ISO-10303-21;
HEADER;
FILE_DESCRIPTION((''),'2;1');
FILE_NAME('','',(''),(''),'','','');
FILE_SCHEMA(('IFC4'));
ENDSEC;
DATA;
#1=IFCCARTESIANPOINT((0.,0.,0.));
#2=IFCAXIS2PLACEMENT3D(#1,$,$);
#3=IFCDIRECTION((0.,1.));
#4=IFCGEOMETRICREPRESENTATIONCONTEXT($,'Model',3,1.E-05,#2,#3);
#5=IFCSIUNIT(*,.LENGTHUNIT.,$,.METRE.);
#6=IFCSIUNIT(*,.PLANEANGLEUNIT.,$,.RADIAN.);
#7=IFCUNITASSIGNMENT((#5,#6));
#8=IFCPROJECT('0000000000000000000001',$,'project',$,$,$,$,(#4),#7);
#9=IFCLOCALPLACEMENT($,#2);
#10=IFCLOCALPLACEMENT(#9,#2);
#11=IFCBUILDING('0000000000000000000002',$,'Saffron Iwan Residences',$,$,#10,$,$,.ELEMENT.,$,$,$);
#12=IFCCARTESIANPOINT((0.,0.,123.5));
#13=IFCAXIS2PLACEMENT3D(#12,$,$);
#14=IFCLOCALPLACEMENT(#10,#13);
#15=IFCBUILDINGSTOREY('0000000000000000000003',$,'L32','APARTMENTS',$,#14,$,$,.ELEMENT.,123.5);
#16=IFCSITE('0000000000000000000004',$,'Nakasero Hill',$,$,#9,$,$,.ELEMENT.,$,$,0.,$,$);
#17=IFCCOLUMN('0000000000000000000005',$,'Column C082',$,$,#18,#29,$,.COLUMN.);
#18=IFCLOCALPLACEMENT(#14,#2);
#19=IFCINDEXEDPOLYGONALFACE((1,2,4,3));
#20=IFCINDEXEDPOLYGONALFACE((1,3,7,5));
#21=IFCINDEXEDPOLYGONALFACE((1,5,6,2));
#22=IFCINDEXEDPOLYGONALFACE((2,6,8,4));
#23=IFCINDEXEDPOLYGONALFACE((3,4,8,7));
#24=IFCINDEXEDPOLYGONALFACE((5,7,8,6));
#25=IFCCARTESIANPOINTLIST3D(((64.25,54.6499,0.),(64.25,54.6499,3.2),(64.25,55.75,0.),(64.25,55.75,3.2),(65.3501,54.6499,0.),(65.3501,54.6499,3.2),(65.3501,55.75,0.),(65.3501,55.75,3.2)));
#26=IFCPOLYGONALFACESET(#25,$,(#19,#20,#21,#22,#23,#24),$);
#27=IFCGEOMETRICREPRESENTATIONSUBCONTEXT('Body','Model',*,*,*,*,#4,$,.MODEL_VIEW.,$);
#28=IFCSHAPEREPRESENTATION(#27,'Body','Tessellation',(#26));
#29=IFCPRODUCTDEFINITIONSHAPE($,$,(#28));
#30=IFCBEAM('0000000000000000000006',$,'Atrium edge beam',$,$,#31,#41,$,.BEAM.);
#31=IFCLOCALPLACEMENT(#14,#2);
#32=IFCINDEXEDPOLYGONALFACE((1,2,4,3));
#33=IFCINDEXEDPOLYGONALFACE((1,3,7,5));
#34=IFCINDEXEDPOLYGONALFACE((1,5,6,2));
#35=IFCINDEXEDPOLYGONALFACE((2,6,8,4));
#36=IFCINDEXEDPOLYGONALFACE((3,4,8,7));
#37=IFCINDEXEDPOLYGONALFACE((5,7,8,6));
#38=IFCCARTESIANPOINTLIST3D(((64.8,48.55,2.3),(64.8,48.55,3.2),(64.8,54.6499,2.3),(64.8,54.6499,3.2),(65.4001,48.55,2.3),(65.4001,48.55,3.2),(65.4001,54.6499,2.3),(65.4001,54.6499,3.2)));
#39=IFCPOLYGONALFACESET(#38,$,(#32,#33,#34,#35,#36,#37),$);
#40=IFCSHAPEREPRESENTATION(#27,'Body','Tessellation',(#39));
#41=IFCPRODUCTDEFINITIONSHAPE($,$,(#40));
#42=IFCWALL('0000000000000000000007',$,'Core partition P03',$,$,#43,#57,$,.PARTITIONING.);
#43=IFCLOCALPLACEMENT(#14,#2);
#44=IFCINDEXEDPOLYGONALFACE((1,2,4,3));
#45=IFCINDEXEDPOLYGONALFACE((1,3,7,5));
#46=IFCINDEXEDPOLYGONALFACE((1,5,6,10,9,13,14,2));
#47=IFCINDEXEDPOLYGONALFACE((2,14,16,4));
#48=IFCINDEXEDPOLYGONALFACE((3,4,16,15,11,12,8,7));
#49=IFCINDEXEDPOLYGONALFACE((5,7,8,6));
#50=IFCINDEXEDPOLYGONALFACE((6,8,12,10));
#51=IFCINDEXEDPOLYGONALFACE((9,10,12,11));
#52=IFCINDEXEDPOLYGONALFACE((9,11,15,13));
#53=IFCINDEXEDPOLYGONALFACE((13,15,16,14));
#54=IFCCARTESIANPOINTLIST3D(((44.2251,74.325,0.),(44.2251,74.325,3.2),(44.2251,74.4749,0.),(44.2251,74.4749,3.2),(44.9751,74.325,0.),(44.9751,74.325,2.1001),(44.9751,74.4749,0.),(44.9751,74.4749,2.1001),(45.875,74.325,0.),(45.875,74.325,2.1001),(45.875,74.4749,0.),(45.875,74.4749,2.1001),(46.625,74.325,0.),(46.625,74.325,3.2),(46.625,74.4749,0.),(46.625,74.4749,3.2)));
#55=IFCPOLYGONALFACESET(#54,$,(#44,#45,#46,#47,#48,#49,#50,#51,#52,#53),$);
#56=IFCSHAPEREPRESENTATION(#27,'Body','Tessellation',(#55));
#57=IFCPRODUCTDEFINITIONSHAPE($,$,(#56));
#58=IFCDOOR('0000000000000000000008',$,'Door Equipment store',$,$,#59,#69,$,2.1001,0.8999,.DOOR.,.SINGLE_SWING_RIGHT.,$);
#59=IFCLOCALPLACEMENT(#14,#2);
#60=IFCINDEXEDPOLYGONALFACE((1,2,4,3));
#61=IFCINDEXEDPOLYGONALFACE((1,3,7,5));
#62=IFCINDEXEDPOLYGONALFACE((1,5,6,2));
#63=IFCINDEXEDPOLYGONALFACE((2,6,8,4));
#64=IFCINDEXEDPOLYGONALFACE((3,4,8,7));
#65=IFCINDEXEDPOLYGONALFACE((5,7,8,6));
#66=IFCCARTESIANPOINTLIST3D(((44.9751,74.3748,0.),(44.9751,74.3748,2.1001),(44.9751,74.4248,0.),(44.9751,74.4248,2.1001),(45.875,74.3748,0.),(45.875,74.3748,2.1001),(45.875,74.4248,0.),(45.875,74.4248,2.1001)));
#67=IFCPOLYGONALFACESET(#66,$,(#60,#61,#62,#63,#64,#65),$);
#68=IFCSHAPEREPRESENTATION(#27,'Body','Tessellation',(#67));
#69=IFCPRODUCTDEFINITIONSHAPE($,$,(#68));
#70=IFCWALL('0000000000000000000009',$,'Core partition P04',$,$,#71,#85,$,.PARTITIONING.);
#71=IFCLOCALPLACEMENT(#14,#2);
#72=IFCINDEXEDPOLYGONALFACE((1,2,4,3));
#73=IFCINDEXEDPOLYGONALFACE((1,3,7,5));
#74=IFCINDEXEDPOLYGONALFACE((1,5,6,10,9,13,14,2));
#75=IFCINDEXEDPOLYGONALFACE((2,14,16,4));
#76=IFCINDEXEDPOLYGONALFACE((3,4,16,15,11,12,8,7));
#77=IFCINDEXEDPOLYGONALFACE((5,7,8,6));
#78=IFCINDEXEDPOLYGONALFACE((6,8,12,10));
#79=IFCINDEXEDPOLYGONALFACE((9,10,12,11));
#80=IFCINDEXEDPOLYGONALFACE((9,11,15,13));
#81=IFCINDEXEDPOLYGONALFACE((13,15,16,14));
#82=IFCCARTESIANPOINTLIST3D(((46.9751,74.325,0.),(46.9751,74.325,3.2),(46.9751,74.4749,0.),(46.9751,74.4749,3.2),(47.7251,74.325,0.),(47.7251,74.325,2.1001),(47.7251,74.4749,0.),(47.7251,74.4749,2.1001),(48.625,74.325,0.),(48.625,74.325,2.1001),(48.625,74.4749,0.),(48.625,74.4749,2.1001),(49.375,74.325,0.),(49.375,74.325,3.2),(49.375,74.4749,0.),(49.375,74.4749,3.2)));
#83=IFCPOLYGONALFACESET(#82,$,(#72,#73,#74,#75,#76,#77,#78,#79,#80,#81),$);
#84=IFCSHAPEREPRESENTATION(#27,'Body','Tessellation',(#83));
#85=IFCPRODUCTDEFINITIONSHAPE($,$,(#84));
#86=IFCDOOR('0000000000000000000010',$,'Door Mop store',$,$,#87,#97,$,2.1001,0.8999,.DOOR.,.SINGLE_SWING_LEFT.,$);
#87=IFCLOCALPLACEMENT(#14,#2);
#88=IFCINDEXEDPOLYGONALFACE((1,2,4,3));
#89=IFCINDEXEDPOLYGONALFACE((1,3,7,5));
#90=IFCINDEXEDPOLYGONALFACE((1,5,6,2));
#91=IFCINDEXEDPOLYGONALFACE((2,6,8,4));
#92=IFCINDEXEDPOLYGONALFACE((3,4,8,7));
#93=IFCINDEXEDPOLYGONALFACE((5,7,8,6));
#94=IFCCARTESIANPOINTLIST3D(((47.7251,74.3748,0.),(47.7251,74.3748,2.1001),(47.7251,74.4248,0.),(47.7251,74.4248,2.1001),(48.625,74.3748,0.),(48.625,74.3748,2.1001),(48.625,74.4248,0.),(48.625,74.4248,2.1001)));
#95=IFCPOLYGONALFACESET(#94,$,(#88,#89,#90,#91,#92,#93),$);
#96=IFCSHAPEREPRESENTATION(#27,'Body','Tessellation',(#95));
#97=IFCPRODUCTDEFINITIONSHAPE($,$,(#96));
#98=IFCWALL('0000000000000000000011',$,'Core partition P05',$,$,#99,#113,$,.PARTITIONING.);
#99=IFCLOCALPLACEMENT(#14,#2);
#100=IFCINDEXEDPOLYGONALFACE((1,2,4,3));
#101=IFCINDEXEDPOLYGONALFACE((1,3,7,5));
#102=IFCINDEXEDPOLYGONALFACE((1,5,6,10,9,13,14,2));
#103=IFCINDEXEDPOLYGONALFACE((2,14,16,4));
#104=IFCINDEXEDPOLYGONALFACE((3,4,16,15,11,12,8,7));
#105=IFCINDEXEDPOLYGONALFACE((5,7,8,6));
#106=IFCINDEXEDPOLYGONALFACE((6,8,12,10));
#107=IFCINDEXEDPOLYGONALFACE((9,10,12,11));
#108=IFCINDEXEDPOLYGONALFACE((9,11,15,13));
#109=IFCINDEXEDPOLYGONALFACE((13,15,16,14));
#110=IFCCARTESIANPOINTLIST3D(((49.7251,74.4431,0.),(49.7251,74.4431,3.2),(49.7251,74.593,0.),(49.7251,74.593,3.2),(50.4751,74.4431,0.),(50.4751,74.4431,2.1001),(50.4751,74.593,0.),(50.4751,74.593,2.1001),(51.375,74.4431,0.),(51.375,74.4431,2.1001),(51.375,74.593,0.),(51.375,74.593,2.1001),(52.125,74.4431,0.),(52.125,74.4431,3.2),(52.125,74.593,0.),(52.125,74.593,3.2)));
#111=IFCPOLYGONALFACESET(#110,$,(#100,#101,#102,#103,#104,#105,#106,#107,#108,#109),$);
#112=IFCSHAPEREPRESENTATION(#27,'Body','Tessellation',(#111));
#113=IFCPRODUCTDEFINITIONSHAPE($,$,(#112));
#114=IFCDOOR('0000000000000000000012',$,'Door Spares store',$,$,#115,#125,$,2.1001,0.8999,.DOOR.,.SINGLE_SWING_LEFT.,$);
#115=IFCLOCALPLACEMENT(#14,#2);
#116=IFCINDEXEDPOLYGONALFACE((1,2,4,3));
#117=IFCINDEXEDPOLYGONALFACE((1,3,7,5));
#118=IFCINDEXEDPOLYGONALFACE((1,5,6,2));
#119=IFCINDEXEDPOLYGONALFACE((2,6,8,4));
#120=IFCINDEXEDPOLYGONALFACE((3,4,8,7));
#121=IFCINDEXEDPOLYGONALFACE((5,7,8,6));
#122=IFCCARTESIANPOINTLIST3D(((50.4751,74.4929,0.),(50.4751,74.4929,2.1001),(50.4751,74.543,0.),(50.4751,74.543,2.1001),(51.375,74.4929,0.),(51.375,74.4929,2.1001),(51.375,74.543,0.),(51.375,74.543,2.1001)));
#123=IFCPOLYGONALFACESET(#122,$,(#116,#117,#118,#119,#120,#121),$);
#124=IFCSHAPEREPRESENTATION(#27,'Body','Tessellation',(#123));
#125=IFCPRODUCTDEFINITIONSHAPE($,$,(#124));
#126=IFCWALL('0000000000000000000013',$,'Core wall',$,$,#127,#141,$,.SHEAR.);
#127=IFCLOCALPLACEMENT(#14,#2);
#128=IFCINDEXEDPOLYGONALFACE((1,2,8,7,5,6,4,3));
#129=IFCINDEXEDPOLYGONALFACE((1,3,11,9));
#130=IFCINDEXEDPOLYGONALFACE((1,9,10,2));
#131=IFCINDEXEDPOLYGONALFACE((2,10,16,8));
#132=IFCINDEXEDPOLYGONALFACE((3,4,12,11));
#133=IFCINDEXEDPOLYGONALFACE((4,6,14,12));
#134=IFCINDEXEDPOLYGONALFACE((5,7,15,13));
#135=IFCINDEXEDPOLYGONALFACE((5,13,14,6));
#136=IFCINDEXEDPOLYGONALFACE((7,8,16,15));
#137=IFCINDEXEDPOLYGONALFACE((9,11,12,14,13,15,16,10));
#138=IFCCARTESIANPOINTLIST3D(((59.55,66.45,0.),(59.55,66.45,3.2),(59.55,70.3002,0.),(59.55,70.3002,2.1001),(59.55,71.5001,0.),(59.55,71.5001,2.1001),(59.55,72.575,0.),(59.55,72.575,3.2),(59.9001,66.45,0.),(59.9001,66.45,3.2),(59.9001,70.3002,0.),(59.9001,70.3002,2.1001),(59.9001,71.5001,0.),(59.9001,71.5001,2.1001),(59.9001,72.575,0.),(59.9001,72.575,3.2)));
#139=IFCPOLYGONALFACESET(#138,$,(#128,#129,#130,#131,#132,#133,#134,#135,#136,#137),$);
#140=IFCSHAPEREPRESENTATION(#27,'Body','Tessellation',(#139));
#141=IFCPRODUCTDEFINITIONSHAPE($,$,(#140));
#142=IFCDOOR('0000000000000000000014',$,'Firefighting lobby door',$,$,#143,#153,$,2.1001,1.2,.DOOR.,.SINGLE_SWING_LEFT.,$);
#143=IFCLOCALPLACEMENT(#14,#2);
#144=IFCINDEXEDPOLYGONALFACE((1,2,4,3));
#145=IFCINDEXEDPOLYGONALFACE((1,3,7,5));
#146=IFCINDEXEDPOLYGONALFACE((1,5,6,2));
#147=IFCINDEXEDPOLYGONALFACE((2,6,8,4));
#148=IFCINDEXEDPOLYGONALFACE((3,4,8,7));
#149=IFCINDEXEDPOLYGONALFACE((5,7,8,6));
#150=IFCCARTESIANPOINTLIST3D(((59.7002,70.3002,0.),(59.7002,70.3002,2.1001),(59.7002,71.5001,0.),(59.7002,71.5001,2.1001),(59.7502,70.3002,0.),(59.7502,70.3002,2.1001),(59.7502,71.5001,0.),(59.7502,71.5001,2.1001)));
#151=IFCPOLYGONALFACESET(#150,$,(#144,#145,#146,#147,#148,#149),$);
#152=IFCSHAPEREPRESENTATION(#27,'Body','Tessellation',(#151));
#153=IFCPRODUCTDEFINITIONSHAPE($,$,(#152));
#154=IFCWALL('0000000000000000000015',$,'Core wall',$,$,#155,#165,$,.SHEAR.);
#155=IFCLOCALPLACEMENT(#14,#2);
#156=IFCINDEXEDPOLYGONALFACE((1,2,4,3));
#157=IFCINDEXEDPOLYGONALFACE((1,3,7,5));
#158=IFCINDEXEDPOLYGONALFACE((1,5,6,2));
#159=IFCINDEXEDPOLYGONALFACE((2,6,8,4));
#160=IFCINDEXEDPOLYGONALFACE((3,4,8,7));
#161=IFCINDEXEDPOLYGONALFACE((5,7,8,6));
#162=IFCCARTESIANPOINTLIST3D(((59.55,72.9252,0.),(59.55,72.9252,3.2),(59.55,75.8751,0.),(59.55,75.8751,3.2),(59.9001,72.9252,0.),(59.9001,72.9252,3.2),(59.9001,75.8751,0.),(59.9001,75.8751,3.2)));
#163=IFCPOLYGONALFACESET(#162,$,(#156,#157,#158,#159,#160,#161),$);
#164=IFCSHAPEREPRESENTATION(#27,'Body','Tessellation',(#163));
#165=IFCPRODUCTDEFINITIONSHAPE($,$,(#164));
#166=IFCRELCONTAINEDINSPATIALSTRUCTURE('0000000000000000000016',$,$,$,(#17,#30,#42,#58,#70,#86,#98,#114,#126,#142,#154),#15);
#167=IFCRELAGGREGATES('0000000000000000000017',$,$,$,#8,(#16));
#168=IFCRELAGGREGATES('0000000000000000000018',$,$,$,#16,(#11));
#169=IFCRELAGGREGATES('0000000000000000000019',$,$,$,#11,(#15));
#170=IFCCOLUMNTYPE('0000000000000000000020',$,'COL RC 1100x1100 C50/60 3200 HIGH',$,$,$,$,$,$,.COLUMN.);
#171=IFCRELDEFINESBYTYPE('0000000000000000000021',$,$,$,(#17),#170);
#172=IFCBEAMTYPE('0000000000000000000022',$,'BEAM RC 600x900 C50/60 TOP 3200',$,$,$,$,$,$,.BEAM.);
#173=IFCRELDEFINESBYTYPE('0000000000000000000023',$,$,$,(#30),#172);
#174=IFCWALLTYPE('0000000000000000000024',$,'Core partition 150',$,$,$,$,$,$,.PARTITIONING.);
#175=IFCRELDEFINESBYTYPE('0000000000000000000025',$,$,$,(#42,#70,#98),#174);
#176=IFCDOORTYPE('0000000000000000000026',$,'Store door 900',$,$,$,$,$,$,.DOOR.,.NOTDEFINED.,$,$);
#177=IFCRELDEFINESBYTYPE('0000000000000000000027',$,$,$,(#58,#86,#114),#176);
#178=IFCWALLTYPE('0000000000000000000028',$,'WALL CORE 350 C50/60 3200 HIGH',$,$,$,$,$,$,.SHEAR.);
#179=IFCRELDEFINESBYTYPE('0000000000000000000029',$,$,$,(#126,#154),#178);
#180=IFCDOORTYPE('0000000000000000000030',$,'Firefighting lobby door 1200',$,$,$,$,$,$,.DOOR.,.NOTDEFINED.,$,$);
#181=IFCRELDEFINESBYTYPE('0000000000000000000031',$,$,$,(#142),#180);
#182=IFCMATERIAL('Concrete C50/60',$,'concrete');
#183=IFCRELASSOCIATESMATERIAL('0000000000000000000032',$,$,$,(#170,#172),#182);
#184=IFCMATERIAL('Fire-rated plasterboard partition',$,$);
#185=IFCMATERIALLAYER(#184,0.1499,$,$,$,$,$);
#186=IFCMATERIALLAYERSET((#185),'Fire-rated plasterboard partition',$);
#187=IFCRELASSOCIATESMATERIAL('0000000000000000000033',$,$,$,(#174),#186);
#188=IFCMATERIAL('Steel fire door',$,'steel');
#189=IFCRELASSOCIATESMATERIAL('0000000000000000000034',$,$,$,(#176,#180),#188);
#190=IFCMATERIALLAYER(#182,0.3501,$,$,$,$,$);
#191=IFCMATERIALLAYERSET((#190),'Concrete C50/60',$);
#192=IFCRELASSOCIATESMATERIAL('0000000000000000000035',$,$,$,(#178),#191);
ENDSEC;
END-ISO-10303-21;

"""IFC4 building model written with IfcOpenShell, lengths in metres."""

from ifc_helpers import new_model, si_unit, direction, frame, frame_2d, origin, origin_2d, place, context, subcontext, project, spatial, rectangle, extrude, source, transform, mapped, material, layer, layer_set, material_profile, profile_set, type_object, element, fill, save


model = new_model("IFC4")

# Units and contexts
model_context = context("Model", 3, precision=1e-05, world=origin(), true_north=direction((0.0, 1.0)))
body_context = subcontext(model_context, "Body", "Model", "MODEL_VIEW")
ifc_project = project(units=[si_unit("LENGTHUNIT", "METRE"), si_unit("PLANEANGLEUNIT", "RADIAN")], contexts=[model_context])

# Site, building, storey
site_placement = place(None, origin())
site = spatial("IfcSite", under=ifc_project, at=site_placement, Name="Nakasero Hill", CompositionType="ELEMENT", RefElevation=0.0)
building_placement = place(site_placement, origin())
building = spatial("IfcBuilding", under=site, at=building_placement, Name="Saffron Iwan Residences", CompositionType="ELEMENT")
storey_placement = place(building_placement, frame((0.0, 0.0, 123.5)))
storey = spatial("IfcBuildingStorey", under=building, at=storey_placement, Name="L32", Description="APARTMENTS", CompositionType="ELEMENT", Elevation=123.5)

# Column
ifc_material_1 = material(Name="Concrete C50/60", Category="concrete")
ifc_material_profile_1 = material_profile(ifc_material_1, rectangle(XDim=1.1001, YDim=1.1001, at=origin_2d()), Name="RC 1100x1100")
ifc_profile_set_1 = profile_set([ifc_material_profile_1], Name="Concrete C50/60")
column_type = type_object("IfcColumnType", Name="COL RC 1100x1100 C50/60 3200 HIGH", PredefinedType="COLUMN", material=ifc_profile_set_1)
shared_shape_1 = source(origin(), body_context, "Body", "SweptSolid", [
    extrude(rectangle(XDim=1.1001, YDim=1.1001, at=origin_2d()), origin(), (0.0, 0.0, 1.0), 3.2),
])
column_placement = place(storey_placement, frame((64.8, 55.2, 0.0), z_axis=(0.0, 0.0, 1.0), x_axis=(1.0, 0.0, 0.0)))
element("IfcColumn", 1, at=column_placement, inside=storey, type_object=column_type, Name="Column C082", PredefinedType="COLUMN", context=body_context, shape_type="MappedRepresentation", body=[
    mapped(shared_shape_1, transform((0.0, 0.0, 0.0))),
])

# Beam
ifc_material_profile_2 = material_profile(ifc_material_1, rectangle(XDim=0.6001, YDim=0.8999, at=origin_2d()), Name="RC 600x900")
ifc_profile_set_2 = profile_set([ifc_material_profile_2], Name="Concrete C50/60")
beam_type = type_object("IfcBeamType", Name="BEAM RC 600x900 C50/60 TOP 3200", PredefinedType="BEAM", material=ifc_profile_set_2)
shared_shape_2 = source(origin(), body_context, "Body", "SweptSolid", [
    extrude(rectangle(XDim=0.6001, YDim=0.8999, at=origin_2d()), origin(), (0.0, 0.0, 1.0), 6.0999),
])
beam_placement = place(storey_placement, frame((65.1001, 54.6499, 2.75), z_axis=(0.0, -1.0, 0.0), x_axis=(1.0, 0.0, 0.0)))
element("IfcBeam", 2, at=beam_placement, inside=storey, type_object=beam_type, Name="Atrium edge beam", PredefinedType="BEAM", context=body_context, shape_type="MappedRepresentation", body=[
    mapped(shared_shape_2, transform((0.0, 0.0, 0.0))),
])

# Walls, openings, doors
ifc_material_2 = material(Name="Fire-rated plasterboard partition")
ifc_layer_1 = layer(ifc_material_2, 0.1499)
ifc_layer_set_1 = layer_set([ifc_layer_1], Name="Fire-rated plasterboard partition")
wall_type_1 = type_object("IfcWallType", Name="Core partition 150", PredefinedType="PARTITIONING", material=ifc_layer_set_1)
wall_1_placement = place(storey_placement, frame((44.2251, 74.3999, 0.0), z_axis=(0.0, 0.0, 1.0), x_axis=(1.0, 0.0, 0.0)))
wall_1 = element("IfcWall", 3, at=wall_1_placement, inside=storey, type_object=wall_type_1, Name="Core partition P03", PredefinedType="PARTITIONING", context=body_context, shape_type="SweptSolid", body=[
    extrude(rectangle(XDim=2.3999, YDim=0.1499, at=frame_2d((1.2, 0.0))), origin(), (0.0, 0.0, 1.0), 3.2),
])
opening_1_placement = place(wall_1_placement, frame((0.75, 0.0, 0.0)))
opening_1 = element("IfcOpeningElement", 4, at=opening_1_placement, cuts=wall_1, PredefinedType="OPENING", context=body_context, shape_type="SweptSolid", body=[
    extrude(rectangle(XDim=0.8999, YDim=2.1001, at=frame_2d((0.45, 1.05))), frame((0.0, 0.085, 0.0), z_axis=(0.0, -1.0, 0.0), x_axis=(1.0, 0.0, 0.0)), (0.0, 0.0, 1.0), 0.1699),
])
ifc_material_3 = material(Name="Steel fire door", Category="steel")
door_type_1 = type_object("IfcDoorType", Name="Store door 900", OperationType="NOTDEFINED", PredefinedType="DOOR", material=ifc_material_3)
door_1_placement = place(opening_1_placement, origin())
door_1 = element("IfcDoor", 5, at=door_1_placement, inside=storey, type_object=door_type_1, Name="Door Equipment store", OperationType="SINGLE_SWING_RIGHT", OverallHeight=2.1001, OverallWidth=0.8999, PredefinedType="DOOR", context=body_context, shape_type="SweptSolid", body=[
    extrude(rectangle(XDim=0.8999, YDim=2.1001, at=frame_2d((0.45, 1.05))), frame((0.0, 0.0249, 0.0), z_axis=(0.0, -1.0, 0.0), x_axis=(1.0, 0.0, 0.0)), (0.0, 0.0, 1.0), 0.05),
])
fill(opening_1, door_1)
wall_2_placement = place(storey_placement, frame((46.9751, 74.3999, 0.0), z_axis=(0.0, 0.0, 1.0), x_axis=(1.0, 0.0, 0.0)))
wall_2 = element("IfcWall", 6, at=wall_2_placement, inside=storey, type_object=wall_type_1, Name="Core partition P04", PredefinedType="PARTITIONING", context=body_context, shape_type="SweptSolid", body=[
    extrude(rectangle(XDim=2.3999, YDim=0.1499, at=frame_2d((1.2, 0.0))), origin(), (0.0, 0.0, 1.0), 3.2),
])
opening_2_placement = place(wall_2_placement, frame((0.75, 0.0, 0.0)))
opening_2 = element("IfcOpeningElement", 7, at=opening_2_placement, cuts=wall_2, PredefinedType="OPENING", context=body_context, shape_type="SweptSolid", body=[
    extrude(rectangle(XDim=0.8999, YDim=2.1001, at=frame_2d((0.45, 1.05))), frame((0.0, 0.085, 0.0), z_axis=(0.0, -1.0, 0.0), x_axis=(1.0, 0.0, 0.0)), (0.0, 0.0, 1.0), 0.1699),
])
door_2_placement = place(opening_2_placement, origin())
door_2 = element("IfcDoor", 8, at=door_2_placement, inside=storey, type_object=door_type_1, Name="Door Mop store", OperationType="SINGLE_SWING_LEFT", OverallHeight=2.1001, OverallWidth=0.8999, PredefinedType="DOOR", context=body_context, shape_type="SweptSolid", body=[
    extrude(rectangle(XDim=0.8999, YDim=2.1001, at=frame_2d((0.45, 1.05))), frame((0.0, 0.0249, 0.0), z_axis=(0.0, -1.0, 0.0), x_axis=(1.0, 0.0, 0.0)), (0.0, 0.0, 1.0), 0.05),
])
fill(opening_2, door_2)
wall_3_placement = place(storey_placement, frame((49.7251, 74.5181, 0.0), z_axis=(0.0, 0.0, 1.0), x_axis=(1.0, 0.0, 0.0)))
wall_3 = element("IfcWall", 9, at=wall_3_placement, inside=storey, type_object=wall_type_1, Name="Core partition P05", PredefinedType="PARTITIONING", context=body_context, shape_type="SweptSolid", body=[
    extrude(rectangle(XDim=2.3999, YDim=0.1499, at=frame_2d((1.2, 0.0))), origin(), (0.0, 0.0, 1.0), 3.2),
])
opening_3_placement = place(wall_3_placement, frame((0.75, 0.0, 0.0)))
opening_3 = element("IfcOpeningElement", 10, at=opening_3_placement, cuts=wall_3, PredefinedType="OPENING", context=body_context, shape_type="SweptSolid", body=[
    extrude(rectangle(XDim=0.8999, YDim=2.1001, at=frame_2d((0.45, 1.05))), frame((0.0, 0.085, 0.0), z_axis=(0.0, -1.0, 0.0), x_axis=(1.0, 0.0, 0.0)), (0.0, 0.0, 1.0), 0.1699),
])
door_3_placement = place(opening_3_placement, origin())
door_3 = element("IfcDoor", 11, at=door_3_placement, inside=storey, type_object=door_type_1, Name="Door Spares store", OperationType="SINGLE_SWING_LEFT", OverallHeight=2.1001, OverallWidth=0.8999, PredefinedType="DOOR", context=body_context, shape_type="SweptSolid", body=[
    extrude(rectangle(XDim=0.8999, YDim=2.1001, at=frame_2d((0.45, 1.05))), frame((0.0, 0.0249, 0.0), z_axis=(0.0, -1.0, 0.0), x_axis=(1.0, 0.0, 0.0)), (0.0, 0.0, 1.0), 0.05),
])
fill(opening_3, door_3)
ifc_layer_2 = layer(ifc_material_1, 0.3501)
ifc_layer_set_2 = layer_set([ifc_layer_2], Name="Concrete C50/60")
wall_type_2 = type_object("IfcWallType", Name="WALL CORE 350 C50/60 3200 HIGH", PredefinedType="SHEAR", material=ifc_layer_set_2)
wall_4_placement = place(storey_placement, frame((59.7251, 66.45, 0.0), z_axis=(0.0, 0.0, 1.0), x_axis=(0.0, 1.0, 0.0)))
wall_4 = element("IfcWall", 12, at=wall_4_placement, inside=storey, type_object=wall_type_2, Name="Core wall", PredefinedType="SHEAR", context=body_context, shape_type="SweptSolid", body=[
    extrude(rectangle(XDim=6.125, YDim=0.3501, at=frame_2d((3.0625, 0.0))), origin(), (0.0, 0.0, 1.0), 3.2),
])
opening_4_placement = place(wall_4_placement, frame((3.8501, 0.0, 0.0)))
opening_4 = element("IfcOpeningElement", 13, at=opening_4_placement, cuts=wall_4, PredefinedType="OPENING", context=body_context, shape_type="SweptSolid", body=[
    extrude(rectangle(XDim=1.2, YDim=2.1001, at=frame_2d((0.6001, 1.05))), frame((0.0, 0.1851, 0.0), z_axis=(0.0, -1.0, 0.0), x_axis=(1.0, 0.0, 0.0)), (0.0, 0.0, 1.0), 0.3701),
])
door_type_2 = type_object("IfcDoorType", Name="Firefighting lobby door 1200", OperationType="NOTDEFINED", PredefinedType="DOOR", material=ifc_material_3)
door_4_placement = place(opening_4_placement, origin())
door_4 = element("IfcDoor", 14, at=door_4_placement, inside=storey, type_object=door_type_2, Name="Firefighting lobby door", OperationType="SINGLE_SWING_LEFT", OverallHeight=2.1001, OverallWidth=1.2, PredefinedType="DOOR", context=body_context, shape_type="SweptSolid", body=[
    extrude(rectangle(XDim=1.2, YDim=2.1001, at=frame_2d((0.6001, 1.05))), frame((0.0, 0.0249, 0.0), z_axis=(0.0, -1.0, 0.0), x_axis=(1.0, 0.0, 0.0)), (0.0, 0.0, 1.0), 0.05),
])
fill(opening_4, door_4)

# Wall
wall_5_placement = place(storey_placement, frame((59.7251, 72.925, 0.0), z_axis=(0.0, 0.0, 1.0), x_axis=(0.0, 1.0, 0.0)))
element("IfcWall", 15, at=wall_5_placement, inside=storey, type_object=wall_type_2, Name="Core wall", PredefinedType="SHEAR", context=body_context, shape_type="SweptSolid", body=[
    extrude(rectangle(XDim=2.95, YDim=0.3501, at=frame_2d((1.4751, 0.0))), origin(), (0.0, 0.0, 1.0), 3.2),
])

save(model, "model.ifc")
